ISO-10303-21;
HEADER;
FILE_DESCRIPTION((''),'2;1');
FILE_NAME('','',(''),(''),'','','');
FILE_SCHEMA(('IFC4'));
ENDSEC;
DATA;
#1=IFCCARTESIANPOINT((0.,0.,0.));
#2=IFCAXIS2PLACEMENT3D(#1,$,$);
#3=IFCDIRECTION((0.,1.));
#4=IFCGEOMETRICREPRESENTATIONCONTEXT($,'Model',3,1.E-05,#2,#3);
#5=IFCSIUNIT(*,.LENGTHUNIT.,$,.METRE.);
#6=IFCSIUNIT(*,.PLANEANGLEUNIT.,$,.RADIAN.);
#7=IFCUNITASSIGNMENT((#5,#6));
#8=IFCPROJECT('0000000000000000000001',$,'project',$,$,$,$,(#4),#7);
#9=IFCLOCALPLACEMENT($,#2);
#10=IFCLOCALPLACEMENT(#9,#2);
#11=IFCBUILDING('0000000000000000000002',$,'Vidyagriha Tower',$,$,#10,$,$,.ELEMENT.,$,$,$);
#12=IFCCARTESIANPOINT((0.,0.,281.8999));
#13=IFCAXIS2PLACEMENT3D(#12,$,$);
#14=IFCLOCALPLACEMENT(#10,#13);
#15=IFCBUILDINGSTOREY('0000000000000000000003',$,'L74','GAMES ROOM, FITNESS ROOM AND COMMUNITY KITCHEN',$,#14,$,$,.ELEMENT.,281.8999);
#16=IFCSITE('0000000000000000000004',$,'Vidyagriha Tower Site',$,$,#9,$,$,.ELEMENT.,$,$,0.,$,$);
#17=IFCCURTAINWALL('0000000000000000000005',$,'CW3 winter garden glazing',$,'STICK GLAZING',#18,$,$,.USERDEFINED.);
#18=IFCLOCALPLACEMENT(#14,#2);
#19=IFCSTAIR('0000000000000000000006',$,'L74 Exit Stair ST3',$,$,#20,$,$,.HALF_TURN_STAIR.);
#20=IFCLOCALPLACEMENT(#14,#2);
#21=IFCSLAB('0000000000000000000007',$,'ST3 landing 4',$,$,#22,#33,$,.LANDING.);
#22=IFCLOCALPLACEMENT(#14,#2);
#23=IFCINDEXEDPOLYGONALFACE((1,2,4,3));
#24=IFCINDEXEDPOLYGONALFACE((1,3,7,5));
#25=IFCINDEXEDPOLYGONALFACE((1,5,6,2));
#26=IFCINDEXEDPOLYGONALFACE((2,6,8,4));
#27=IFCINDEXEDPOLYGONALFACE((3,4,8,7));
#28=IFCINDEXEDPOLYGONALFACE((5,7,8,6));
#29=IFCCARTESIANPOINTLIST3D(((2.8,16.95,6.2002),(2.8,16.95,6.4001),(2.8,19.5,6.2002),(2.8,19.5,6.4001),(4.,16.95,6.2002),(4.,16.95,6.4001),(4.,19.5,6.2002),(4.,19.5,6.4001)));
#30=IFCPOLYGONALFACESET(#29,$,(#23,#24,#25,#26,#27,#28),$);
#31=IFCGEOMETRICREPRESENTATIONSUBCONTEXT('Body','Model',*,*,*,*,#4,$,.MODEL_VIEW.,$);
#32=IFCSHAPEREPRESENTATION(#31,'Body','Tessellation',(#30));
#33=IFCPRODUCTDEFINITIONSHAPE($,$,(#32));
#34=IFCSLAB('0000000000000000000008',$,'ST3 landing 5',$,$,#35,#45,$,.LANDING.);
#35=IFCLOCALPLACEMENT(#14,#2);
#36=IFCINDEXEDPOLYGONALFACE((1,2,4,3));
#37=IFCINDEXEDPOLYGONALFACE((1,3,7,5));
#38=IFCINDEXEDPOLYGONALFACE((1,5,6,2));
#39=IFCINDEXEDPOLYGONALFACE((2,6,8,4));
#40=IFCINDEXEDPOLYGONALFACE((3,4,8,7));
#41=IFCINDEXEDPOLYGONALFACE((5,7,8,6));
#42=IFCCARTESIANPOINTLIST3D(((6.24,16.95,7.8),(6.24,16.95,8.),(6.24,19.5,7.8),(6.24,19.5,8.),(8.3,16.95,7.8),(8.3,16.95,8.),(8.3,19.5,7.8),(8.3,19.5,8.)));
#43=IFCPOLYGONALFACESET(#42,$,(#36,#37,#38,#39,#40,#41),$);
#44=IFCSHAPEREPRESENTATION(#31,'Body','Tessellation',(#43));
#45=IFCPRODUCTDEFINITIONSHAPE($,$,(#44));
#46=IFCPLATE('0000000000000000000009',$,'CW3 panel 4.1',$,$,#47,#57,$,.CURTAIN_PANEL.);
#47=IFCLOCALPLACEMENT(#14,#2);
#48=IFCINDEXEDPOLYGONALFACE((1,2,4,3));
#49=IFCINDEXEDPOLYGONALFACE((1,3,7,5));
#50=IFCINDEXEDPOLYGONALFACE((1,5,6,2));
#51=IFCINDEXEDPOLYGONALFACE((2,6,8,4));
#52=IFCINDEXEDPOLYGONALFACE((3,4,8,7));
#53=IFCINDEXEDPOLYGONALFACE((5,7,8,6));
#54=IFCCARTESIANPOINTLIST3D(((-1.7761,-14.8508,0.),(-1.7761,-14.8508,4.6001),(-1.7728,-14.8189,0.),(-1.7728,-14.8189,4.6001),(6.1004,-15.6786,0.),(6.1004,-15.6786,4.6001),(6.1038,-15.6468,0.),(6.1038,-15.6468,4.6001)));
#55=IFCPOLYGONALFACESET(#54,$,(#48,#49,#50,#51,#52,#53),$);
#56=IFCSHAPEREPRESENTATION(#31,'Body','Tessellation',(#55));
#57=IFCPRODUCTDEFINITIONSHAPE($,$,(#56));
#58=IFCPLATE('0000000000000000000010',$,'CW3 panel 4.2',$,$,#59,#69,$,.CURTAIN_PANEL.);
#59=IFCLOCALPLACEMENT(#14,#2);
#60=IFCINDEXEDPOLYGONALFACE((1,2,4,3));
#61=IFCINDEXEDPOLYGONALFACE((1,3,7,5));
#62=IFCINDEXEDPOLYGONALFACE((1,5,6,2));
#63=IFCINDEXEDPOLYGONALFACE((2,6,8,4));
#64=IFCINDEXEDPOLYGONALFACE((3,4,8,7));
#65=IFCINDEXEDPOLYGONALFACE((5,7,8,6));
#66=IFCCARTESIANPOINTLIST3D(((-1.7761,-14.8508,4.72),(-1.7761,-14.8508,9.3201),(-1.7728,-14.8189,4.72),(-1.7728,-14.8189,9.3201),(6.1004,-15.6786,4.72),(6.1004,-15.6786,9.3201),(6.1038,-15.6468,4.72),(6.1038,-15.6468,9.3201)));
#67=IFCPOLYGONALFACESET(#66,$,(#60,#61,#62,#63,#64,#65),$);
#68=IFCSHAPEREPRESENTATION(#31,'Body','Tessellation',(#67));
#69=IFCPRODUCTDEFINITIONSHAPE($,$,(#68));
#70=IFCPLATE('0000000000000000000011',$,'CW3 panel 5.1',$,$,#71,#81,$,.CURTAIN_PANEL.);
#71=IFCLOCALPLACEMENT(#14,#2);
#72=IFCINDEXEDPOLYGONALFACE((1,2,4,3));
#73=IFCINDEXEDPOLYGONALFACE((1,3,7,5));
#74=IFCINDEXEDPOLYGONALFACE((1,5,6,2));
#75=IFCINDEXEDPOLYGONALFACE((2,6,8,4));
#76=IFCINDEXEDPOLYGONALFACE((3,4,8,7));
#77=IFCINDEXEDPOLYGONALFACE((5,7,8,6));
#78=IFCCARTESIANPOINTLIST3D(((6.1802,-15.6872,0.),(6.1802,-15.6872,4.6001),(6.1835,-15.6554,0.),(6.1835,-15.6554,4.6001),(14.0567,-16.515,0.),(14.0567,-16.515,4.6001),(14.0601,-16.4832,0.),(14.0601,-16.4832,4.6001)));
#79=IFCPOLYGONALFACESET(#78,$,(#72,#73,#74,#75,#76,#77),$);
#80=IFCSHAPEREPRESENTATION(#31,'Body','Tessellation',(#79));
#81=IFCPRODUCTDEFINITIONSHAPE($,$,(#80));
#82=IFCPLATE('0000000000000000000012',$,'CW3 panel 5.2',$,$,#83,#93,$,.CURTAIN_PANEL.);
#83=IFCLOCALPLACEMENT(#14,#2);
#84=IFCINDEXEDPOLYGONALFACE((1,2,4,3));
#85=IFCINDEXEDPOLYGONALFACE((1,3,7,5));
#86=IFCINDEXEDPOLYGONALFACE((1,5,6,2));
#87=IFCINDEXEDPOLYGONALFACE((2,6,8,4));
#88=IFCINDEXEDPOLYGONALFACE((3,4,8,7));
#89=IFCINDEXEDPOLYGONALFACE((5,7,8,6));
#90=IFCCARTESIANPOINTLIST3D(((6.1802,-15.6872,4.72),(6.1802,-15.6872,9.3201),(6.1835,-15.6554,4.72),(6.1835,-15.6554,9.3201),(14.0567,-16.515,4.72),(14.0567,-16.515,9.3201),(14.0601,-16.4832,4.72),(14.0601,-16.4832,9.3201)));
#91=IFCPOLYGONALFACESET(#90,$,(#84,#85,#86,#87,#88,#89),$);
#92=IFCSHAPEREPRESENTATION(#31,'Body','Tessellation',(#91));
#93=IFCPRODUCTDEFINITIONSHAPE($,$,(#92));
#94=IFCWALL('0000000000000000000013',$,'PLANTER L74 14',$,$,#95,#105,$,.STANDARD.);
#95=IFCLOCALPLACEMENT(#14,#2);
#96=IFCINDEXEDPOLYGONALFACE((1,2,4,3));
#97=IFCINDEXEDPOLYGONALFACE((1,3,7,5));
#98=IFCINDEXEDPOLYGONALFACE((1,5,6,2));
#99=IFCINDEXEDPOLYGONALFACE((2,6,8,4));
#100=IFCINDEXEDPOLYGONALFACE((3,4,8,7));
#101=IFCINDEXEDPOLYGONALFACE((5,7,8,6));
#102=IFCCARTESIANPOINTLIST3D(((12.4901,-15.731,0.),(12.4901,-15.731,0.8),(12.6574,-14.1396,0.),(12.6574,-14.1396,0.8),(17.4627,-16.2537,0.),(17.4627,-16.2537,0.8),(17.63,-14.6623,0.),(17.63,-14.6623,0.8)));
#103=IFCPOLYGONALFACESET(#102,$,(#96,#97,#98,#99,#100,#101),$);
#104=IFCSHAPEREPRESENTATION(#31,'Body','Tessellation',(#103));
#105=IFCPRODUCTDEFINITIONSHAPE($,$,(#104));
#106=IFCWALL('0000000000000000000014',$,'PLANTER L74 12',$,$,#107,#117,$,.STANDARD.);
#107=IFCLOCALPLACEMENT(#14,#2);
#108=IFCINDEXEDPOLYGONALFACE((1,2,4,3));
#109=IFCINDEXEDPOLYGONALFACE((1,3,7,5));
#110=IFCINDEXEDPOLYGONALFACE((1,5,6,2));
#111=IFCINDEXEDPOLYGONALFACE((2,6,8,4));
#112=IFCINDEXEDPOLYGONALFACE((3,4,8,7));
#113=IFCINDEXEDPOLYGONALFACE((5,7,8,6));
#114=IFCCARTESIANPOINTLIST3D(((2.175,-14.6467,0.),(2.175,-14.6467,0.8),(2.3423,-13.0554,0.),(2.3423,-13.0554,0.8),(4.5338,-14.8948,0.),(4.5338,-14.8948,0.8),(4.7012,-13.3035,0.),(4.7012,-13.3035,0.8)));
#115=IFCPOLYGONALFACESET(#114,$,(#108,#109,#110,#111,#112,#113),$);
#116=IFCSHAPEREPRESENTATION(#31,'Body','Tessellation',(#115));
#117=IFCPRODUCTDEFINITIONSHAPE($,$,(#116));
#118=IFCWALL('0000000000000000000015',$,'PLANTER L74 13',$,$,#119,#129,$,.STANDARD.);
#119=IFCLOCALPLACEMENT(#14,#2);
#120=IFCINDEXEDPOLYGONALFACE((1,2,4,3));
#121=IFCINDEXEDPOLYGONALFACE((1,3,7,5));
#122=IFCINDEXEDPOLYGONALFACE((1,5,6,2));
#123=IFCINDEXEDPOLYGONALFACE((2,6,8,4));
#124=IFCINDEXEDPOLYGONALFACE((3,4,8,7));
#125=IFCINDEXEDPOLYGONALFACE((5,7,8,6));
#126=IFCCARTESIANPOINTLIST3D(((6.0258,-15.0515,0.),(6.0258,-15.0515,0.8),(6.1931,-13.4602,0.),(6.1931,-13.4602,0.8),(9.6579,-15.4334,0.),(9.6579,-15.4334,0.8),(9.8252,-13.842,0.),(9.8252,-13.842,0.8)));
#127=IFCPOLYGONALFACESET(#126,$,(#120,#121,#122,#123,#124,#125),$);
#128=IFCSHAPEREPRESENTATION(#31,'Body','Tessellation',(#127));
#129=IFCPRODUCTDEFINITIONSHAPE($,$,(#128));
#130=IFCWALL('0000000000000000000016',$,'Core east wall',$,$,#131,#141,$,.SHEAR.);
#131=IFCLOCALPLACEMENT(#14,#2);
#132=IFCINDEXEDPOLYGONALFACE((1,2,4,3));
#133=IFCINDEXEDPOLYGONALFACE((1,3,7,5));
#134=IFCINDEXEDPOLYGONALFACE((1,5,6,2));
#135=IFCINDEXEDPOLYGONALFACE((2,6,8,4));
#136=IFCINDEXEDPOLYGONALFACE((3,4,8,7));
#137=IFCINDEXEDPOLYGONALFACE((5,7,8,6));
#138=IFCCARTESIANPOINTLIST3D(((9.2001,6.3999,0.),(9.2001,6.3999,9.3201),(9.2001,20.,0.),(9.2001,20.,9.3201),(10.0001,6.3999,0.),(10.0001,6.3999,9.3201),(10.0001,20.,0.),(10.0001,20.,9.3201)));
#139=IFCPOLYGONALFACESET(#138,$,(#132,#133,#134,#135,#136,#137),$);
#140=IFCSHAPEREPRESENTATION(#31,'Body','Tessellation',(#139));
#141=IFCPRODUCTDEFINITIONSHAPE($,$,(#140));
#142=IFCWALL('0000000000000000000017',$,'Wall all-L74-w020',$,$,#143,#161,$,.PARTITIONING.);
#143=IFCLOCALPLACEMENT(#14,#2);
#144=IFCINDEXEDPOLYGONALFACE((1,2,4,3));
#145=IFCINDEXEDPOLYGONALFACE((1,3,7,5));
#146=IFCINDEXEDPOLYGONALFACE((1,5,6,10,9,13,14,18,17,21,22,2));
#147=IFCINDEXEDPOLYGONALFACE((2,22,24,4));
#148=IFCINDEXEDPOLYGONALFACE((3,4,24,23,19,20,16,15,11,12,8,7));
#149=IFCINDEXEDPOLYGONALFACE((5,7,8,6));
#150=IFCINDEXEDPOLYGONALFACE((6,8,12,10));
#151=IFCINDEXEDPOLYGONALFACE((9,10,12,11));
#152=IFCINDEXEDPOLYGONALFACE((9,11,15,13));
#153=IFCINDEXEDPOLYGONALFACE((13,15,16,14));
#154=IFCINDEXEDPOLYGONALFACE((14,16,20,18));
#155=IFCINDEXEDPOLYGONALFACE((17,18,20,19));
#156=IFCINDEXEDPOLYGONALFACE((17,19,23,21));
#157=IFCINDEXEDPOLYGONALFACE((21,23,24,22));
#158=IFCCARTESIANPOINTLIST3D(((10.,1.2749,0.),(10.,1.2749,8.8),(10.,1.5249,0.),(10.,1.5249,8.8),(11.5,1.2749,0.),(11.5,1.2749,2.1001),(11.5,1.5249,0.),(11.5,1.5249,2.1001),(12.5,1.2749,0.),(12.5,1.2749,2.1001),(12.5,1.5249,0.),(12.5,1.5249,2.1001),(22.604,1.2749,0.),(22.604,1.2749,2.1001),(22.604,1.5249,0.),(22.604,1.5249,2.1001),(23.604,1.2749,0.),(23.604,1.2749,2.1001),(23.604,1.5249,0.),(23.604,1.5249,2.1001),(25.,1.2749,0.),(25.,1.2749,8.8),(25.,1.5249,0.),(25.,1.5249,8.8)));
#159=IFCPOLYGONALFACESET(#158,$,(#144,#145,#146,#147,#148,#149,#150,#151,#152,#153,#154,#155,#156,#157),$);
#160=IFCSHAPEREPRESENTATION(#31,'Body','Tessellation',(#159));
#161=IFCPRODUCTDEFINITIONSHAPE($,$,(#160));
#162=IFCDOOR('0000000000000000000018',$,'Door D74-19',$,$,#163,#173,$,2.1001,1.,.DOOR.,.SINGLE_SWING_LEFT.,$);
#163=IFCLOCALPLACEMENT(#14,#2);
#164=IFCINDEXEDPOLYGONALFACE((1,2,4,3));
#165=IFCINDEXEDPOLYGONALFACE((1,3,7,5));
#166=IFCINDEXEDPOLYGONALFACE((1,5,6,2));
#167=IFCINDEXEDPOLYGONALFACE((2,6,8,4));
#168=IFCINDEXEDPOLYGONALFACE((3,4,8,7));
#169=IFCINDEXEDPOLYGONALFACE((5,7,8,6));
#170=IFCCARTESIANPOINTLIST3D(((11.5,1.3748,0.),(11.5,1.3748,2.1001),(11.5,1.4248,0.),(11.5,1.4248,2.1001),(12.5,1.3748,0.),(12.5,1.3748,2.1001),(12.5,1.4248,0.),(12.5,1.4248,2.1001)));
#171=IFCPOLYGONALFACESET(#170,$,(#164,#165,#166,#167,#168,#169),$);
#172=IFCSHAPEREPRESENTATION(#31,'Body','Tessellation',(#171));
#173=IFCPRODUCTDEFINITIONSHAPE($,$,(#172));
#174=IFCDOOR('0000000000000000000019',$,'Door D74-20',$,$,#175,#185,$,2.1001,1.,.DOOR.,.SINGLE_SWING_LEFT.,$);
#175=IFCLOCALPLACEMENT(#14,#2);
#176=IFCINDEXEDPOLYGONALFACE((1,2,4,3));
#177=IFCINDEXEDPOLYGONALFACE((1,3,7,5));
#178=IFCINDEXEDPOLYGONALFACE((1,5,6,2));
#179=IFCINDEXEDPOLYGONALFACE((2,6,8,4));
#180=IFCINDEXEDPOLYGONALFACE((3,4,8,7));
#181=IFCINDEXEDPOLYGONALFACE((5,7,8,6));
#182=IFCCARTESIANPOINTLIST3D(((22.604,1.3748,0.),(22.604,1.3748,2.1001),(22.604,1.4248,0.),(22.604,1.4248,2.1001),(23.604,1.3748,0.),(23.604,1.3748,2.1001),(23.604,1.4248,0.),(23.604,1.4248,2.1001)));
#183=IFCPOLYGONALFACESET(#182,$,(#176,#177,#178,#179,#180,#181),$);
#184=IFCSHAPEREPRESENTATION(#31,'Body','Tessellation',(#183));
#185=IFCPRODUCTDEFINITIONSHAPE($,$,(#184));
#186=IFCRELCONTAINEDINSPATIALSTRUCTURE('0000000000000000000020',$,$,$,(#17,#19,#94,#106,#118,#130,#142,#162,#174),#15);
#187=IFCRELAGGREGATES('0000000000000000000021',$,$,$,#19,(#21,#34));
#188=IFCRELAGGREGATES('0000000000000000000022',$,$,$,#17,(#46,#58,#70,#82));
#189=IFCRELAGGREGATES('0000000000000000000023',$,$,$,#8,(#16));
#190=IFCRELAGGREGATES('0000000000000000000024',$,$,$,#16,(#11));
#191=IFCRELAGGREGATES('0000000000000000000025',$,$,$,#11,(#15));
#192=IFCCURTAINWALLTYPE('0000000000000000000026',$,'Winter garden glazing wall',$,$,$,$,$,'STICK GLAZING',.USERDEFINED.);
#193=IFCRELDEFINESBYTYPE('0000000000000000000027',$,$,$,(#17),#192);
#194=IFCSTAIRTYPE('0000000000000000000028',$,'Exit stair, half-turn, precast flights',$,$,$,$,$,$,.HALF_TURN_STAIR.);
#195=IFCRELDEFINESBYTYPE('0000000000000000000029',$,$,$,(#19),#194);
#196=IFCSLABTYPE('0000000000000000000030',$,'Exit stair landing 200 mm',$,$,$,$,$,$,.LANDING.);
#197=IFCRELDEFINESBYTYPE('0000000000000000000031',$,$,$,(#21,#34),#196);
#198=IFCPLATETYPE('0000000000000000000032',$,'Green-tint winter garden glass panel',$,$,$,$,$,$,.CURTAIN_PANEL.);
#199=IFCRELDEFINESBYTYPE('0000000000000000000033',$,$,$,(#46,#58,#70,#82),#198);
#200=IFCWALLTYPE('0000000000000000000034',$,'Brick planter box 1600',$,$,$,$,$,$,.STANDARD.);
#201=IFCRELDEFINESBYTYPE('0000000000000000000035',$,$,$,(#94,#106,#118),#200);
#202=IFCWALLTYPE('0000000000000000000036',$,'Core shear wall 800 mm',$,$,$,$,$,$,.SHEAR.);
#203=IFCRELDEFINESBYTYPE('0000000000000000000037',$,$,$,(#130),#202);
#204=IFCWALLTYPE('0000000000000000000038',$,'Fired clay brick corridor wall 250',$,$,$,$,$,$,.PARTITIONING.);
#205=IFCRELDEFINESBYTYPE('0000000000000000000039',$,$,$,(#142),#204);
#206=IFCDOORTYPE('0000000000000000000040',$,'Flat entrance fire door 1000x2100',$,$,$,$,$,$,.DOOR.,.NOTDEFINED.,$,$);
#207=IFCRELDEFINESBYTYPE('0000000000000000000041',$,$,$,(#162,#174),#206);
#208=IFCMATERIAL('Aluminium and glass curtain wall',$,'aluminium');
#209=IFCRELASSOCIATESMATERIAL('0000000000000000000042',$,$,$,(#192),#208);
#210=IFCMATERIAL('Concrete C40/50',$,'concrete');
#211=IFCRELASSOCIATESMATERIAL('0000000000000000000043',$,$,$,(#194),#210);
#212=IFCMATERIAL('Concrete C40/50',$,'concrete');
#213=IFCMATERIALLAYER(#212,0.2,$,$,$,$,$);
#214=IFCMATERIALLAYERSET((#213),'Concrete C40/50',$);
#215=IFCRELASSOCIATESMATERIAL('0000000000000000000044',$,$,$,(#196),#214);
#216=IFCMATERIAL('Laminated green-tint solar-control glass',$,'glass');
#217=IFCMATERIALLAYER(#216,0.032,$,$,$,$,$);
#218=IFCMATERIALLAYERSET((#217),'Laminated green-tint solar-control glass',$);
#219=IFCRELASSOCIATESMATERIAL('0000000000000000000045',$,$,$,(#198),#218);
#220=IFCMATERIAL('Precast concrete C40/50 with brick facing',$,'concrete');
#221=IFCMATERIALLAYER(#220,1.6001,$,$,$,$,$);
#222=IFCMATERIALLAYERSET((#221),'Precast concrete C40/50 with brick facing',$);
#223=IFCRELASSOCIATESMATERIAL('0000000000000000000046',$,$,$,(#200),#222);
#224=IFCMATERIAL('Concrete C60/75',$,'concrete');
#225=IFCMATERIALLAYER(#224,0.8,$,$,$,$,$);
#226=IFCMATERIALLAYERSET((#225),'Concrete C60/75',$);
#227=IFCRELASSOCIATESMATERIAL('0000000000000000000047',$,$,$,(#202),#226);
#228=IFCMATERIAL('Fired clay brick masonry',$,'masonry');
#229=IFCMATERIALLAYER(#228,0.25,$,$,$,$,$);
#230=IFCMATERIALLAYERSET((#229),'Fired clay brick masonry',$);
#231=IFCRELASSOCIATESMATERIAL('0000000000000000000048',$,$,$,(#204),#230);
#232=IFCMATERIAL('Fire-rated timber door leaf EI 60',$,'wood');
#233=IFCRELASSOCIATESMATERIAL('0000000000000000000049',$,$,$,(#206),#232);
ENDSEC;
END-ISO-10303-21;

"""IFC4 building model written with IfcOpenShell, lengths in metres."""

from ifc_helpers import new_model, si_unit, direction, frame, frame_2d, origin, origin_2d, place, context, subcontext, project, spatial, polyline, rectangle, outline, extrude, material, layer, layer_set, type_object, element, fill, aggregate, save


model = new_model("IFC4")

# Units and contexts
model_context = context("Model", 3, precision=1e-05, world=origin(), true_north=direction((0.0, 1.0)))
body_context = subcontext(model_context, "Body", "Model", "MODEL_VIEW")
ifc_project = project(units=[si_unit("LENGTHUNIT", "METRE"), si_unit("PLANEANGLEUNIT", "RADIAN")], contexts=[model_context])

# Site, building, storey
site_placement = place(None, origin())
site = spatial("IfcSite", under=ifc_project, at=site_placement, Name="Vidyagriha Tower Site", CompositionType="ELEMENT", RefElevation=0.0)
building_placement = place(site_placement, origin())
building = spatial("IfcBuilding", under=site, at=building_placement, Name="Vidyagriha Tower", CompositionType="ELEMENT")
storey_placement = place(building_placement, frame((0.0, 0.0, 281.8999)))
storey = spatial("IfcBuildingStorey", under=building, at=storey_placement, Name="L74", Description="GAMES ROOM, FITNESS ROOM AND COMMUNITY KITCHEN", CompositionType="ELEMENT", Elevation=281.8999)

# Curtain wall
ifc_material_1 = material(Name="Aluminium and glass curtain wall", Category="aluminium")
curtain_wall_type = type_object("IfcCurtainWallType", Name="Winter garden glazing wall", ElementType="STICK GLAZING", PredefinedType="USERDEFINED", material=ifc_material_1)
curtain_wall_placement = place(storey_placement, origin())
curtain_wall = element("IfcCurtainWall", 1, at=curtain_wall_placement, inside=storey, type_object=curtain_wall_type, Name="CW3 winter garden glazing", ObjectType="STICK GLAZING", PredefinedType="USERDEFINED")

# Stair, slabs
ifc_material_2 = material(Name="Concrete C40/50", Category="concrete")
stair_type = type_object("IfcStairType", Name="Exit stair, half-turn, precast flights", PredefinedType="HALF_TURN_STAIR", material=ifc_material_2)
stair_placement = place(storey_placement, origin())
stair = element("IfcStair", 2, at=stair_placement, inside=storey, type_object=stair_type, Name="L74 Exit Stair ST3", PredefinedType="HALF_TURN_STAIR")
ifc_material_3 = material(Name="Concrete C40/50", Category="concrete")
ifc_layer_1 = layer(ifc_material_3, 0.2)
ifc_layer_set_1 = layer_set([ifc_layer_1], Name="Concrete C40/50")
slab_type = type_object("IfcSlabType", Name="Exit stair landing 200 mm", PredefinedType="LANDING", material=ifc_layer_set_1)
slab_1_placement = place(storey_placement, frame((0.0, 0.0, 6.2002)))
slab_1 = element("IfcSlab", 3, at=slab_1_placement, type_object=slab_type, Name="ST3 landing 4", PredefinedType="LANDING", context=body_context, shape_type="SweptSolid", body=[
    extrude(outline(polyline([(2.8, 16.95), (4.0, 16.95), (4.0, 19.5), (2.8, 19.5), (2.8, 16.95)])), origin(), (0.0, 0.0, 1.0), 0.2),
])
slab_2_placement = place(storey_placement, frame((0.0, 0.0, 7.8)))
slab_2 = element("IfcSlab", 4, at=slab_2_placement, type_object=slab_type, Name="ST3 landing 5", PredefinedType="LANDING", context=body_context, shape_type="SweptSolid", body=[
    extrude(outline(polyline([(6.24, 16.95), (8.3, 16.95), (8.3, 19.5), (6.24, 19.5), (6.24, 16.95)])), origin(), (0.0, 0.0, 1.0), 0.2),
])
aggregate(stair, [slab_1, slab_2])

# Plates
ifc_material_4 = material(Name="Laminated green-tint solar-control glass", Category="glass")
ifc_layer_2 = layer(ifc_material_4, 0.032)
ifc_layer_set_2 = layer_set([ifc_layer_2], Name="Laminated green-tint solar-control glass")
plate_type = type_object("IfcPlateType", Name="Green-tint winter garden glass panel", PredefinedType="CURTAIN_PANEL", material=ifc_layer_set_2)
plate_1_placement = place(storey_placement, frame((2.1638, -15.2488, 0.0), z_axis=(0.0, 0.0, 1.0), x_axis=(0.994522, -0.104528, 0.0)))
plate_1 = element("IfcPlate", 5, at=plate_1_placement, type_object=plate_type, Name="CW3 panel 4.1", PredefinedType="CURTAIN_PANEL", context=body_context, shape_type="SweptSolid", body=[
    extrude(rectangle(XDim=7.9199, YDim=0.032, at=origin_2d()), origin(), (0.0, 0.0, 1.0), 4.6001),
])
plate_2_placement = place(storey_placement, frame((2.1638, -15.2488, 4.72), z_axis=(0.0, 0.0, 1.0), x_axis=(0.994522, -0.104528, 0.0)))
plate_2 = element("IfcPlate", 6, at=plate_2_placement, type_object=plate_type, Name="CW3 panel 4.2", PredefinedType="CURTAIN_PANEL", context=body_context, shape_type="SweptSolid", body=[
    extrude(rectangle(XDim=7.9199, YDim=0.032, at=origin_2d()), origin(), (0.0, 0.0, 1.0), 4.6001),
])
plate_3_placement = place(storey_placement, frame((10.1201, -16.0852, 0.0), z_axis=(0.0, 0.0, 1.0), x_axis=(0.994522, -0.104528, 0.0)))
plate_3 = element("IfcPlate", 7, at=plate_3_placement, type_object=plate_type, Name="CW3 panel 5.1", PredefinedType="CURTAIN_PANEL", context=body_context, shape_type="SweptSolid", body=[
    extrude(rectangle(XDim=7.9199, YDim=0.032, at=origin_2d()), origin(), (0.0, 0.0, 1.0), 4.6001),
])
plate_4_placement = place(storey_placement, frame((10.1201, -16.0852, 4.72), z_axis=(0.0, 0.0, 1.0), x_axis=(0.994522, -0.104528, 0.0)))
plate_4 = element("IfcPlate", 8, at=plate_4_placement, type_object=plate_type, Name="CW3 panel 5.2", PredefinedType="CURTAIN_PANEL", context=body_context, shape_type="SweptSolid", body=[
    extrude(rectangle(XDim=7.9199, YDim=0.032, at=origin_2d()), origin(), (0.0, 0.0, 1.0), 4.6001),
])
aggregate(curtain_wall, [plate_1, plate_2, plate_3, plate_4])

# Walls
ifc_material_5 = material(Name="Precast concrete C40/50 with brick facing", Category="concrete")
ifc_layer_3 = layer(ifc_material_5, 1.6001)
ifc_layer_set_3 = layer_set([ifc_layer_3], Name="Precast concrete C40/50 with brick facing")
wall_type_1 = type_object("IfcWallType", Name="Brick planter box 1600", PredefinedType="STANDARD", material=ifc_layer_set_3)
wall_1_placement = place(storey_placement, frame((12.5737, -14.9353, 0.0), z_axis=(0.0, 0.0, 1.0), x_axis=(0.994521, -0.10454, 0.0)))
element("IfcWall", 9, at=wall_1_placement, inside=storey, type_object=wall_type_1, Name="PLANTER L74 14", PredefinedType="STANDARD", context=body_context, shape_type="SweptSolid", body=[
    extrude(rectangle(XDim=5.0, YDim=1.6001, at=frame_2d((2.5, 0.0))), origin(), (0.0, 0.0, 1.0), 0.8),
])
wall_2_placement = place(storey_placement, frame((2.2585, -13.8511, 0.0), z_axis=(0.0, 0.0, 1.0), x_axis=(0.994517, -0.104578, 0.0)))
element("IfcWall", 10, at=wall_2_placement, inside=storey, type_object=wall_type_1, Name="PLANTER L74 12", PredefinedType="STANDARD", context=body_context, shape_type="SweptSolid", body=[
    extrude(rectangle(XDim=2.3718, YDim=1.6001, at=frame_2d((1.186, 0.0))), origin(), (0.0, 0.0, 1.0), 0.8),
])
wall_3_placement = place(storey_placement, frame((6.1094, -14.2559, 0.0), z_axis=(0.0, 0.0, 1.0), x_axis=(0.994519, -0.104553, 0.0)))
element("IfcWall", 11, at=wall_3_placement, inside=storey, type_object=wall_type_1, Name="PLANTER L74 13", PredefinedType="STANDARD", context=body_context, shape_type="SweptSolid", body=[
    extrude(rectangle(XDim=3.6521, YDim=1.6001, at=frame_2d((1.8262, 0.0))), origin(), (0.0, 0.0, 1.0), 0.8),
])
ifc_material_6 = material(Name="Concrete C60/75", Category="concrete")
ifc_layer_4 = layer(ifc_material_6, 0.8)
ifc_layer_set_4 = layer_set([ifc_layer_4], Name="Concrete C60/75")
wall_type_2 = type_object("IfcWallType", Name="Core shear wall 800 mm", PredefinedType="SHEAR", material=ifc_layer_set_4)
wall_4_placement = place(storey_placement, frame((9.6001, 6.3999, 0.0), z_axis=(0.0, 0.0, 1.0), x_axis=(0.0, 1.0, 0.0)))
element("IfcWall", 12, at=wall_4_placement, inside=storey, type_object=wall_type_2, Name="Core east wall", PredefinedType="SHEAR", context=body_context, shape_type="SweptSolid", body=[
    extrude(rectangle(XDim=13.6001, YDim=0.8, at=frame_2d((6.8, 0.0))), origin(), (0.0, 0.0, 1.0), 9.3201),
])

# Wall, openings, doors
ifc_material_7 = material(Name="Fired clay brick masonry", Category="masonry")
ifc_layer_5 = layer(ifc_material_7, 0.25)
ifc_layer_set_5 = layer_set([ifc_layer_5], Name="Fired clay brick masonry")
wall_type_3 = type_object("IfcWallType", Name="Fired clay brick corridor wall 250", PredefinedType="PARTITIONING", material=ifc_layer_set_5)
wall_5_placement = place(storey_placement, frame((10.0, 1.3999, 0.0)))
wall_5 = element("IfcWall", 13, at=wall_5_placement, inside=storey, type_object=wall_type_3, Name="Wall all-L74-w020", PredefinedType="PARTITIONING", context=body_context, shape_type="SweptSolid", body=[
    extrude(rectangle(XDim=15.0, YDim=0.25, at=frame_2d((7.5, 0.0))), origin(), (0.0, 0.0, 1.0), 8.8),
])
opening_1_placement = place(wall_5_placement, frame((1.5, 0.0, 0.0)))
opening_1 = element("IfcOpeningElement", 14, at=opening_1_placement, cuts=wall_5, PredefinedType="OPENING", context=body_context, shape_type="SweptSolid", body=[
    extrude(rectangle(XDim=1.0, YDim=2.1001, at=frame_2d((0.5, 1.05))), frame((0.0, 0.135, 0.0), z_axis=(0.0, -1.0, 0.0), x_axis=(1.0, 0.0, 0.0)), (0.0, 0.0, 1.0), 0.27),
])
opening_2_placement = place(wall_5_placement, frame((12.604, 0.0, 0.0)))
opening_2 = element("IfcOpeningElement", 15, at=opening_2_placement, cuts=wall_5, PredefinedType="OPENING", context=body_context, shape_type="SweptSolid", body=[
    extrude(rectangle(XDim=1.0, YDim=2.1001, at=frame_2d((0.5, 1.05))), frame((0.0, 0.135, 0.0), z_axis=(0.0, -1.0, 0.0), x_axis=(1.0, 0.0, 0.0)), (0.0, 0.0, 1.0), 0.27),
])
ifc_material_8 = material(Name="Fire-rated timber door leaf EI 60", Category="wood")
door_type_1 = type_object("IfcDoorType", Name="Flat entrance fire door 1000x2100", OperationType="NOTDEFINED", PredefinedType="DOOR", material=ifc_material_8)
door_1_placement = place(opening_1_placement, origin())
door_1 = element("IfcDoor", 16, at=door_1_placement, inside=storey, type_object=door_type_1, Name="Door D74-19", OperationType="SINGLE_SWING_LEFT", OverallHeight=2.1001, OverallWidth=1.0, PredefinedType="DOOR", context=body_context, shape_type="SweptSolid", body=[
    extrude(rectangle(XDim=1.0, YDim=2.1001, at=frame_2d((0.5, 1.05))), frame((0.0, 0.0249, 0.0), z_axis=(0.0, -1.0, 0.0), x_axis=(1.0, 0.0, 0.0)), (0.0, 0.0, 1.0), 0.05),
])
fill(opening_1, door_1)
door_2_placement = place(opening_2_placement, origin())
door_2 = element("IfcDoor", 17, at=door_2_placement, inside=storey, type_object=door_type_1, Name="Door D74-20", OperationType="SINGLE_SWING_LEFT", OverallHeight=2.1001, OverallWidth=1.0, PredefinedType="DOOR", context=body_context, shape_type="SweptSolid", body=[
    extrude(rectangle(XDim=1.0, YDim=2.1001, at=frame_2d((0.5, 1.05))), frame((0.0, 0.0249, 0.0), z_axis=(0.0, -1.0, 0.0), x_axis=(1.0, 0.0, 0.0)), (0.0, 0.0, 1.0), 0.05),
])
fill(opening_2, door_2)

save(model, "model.ifc")
